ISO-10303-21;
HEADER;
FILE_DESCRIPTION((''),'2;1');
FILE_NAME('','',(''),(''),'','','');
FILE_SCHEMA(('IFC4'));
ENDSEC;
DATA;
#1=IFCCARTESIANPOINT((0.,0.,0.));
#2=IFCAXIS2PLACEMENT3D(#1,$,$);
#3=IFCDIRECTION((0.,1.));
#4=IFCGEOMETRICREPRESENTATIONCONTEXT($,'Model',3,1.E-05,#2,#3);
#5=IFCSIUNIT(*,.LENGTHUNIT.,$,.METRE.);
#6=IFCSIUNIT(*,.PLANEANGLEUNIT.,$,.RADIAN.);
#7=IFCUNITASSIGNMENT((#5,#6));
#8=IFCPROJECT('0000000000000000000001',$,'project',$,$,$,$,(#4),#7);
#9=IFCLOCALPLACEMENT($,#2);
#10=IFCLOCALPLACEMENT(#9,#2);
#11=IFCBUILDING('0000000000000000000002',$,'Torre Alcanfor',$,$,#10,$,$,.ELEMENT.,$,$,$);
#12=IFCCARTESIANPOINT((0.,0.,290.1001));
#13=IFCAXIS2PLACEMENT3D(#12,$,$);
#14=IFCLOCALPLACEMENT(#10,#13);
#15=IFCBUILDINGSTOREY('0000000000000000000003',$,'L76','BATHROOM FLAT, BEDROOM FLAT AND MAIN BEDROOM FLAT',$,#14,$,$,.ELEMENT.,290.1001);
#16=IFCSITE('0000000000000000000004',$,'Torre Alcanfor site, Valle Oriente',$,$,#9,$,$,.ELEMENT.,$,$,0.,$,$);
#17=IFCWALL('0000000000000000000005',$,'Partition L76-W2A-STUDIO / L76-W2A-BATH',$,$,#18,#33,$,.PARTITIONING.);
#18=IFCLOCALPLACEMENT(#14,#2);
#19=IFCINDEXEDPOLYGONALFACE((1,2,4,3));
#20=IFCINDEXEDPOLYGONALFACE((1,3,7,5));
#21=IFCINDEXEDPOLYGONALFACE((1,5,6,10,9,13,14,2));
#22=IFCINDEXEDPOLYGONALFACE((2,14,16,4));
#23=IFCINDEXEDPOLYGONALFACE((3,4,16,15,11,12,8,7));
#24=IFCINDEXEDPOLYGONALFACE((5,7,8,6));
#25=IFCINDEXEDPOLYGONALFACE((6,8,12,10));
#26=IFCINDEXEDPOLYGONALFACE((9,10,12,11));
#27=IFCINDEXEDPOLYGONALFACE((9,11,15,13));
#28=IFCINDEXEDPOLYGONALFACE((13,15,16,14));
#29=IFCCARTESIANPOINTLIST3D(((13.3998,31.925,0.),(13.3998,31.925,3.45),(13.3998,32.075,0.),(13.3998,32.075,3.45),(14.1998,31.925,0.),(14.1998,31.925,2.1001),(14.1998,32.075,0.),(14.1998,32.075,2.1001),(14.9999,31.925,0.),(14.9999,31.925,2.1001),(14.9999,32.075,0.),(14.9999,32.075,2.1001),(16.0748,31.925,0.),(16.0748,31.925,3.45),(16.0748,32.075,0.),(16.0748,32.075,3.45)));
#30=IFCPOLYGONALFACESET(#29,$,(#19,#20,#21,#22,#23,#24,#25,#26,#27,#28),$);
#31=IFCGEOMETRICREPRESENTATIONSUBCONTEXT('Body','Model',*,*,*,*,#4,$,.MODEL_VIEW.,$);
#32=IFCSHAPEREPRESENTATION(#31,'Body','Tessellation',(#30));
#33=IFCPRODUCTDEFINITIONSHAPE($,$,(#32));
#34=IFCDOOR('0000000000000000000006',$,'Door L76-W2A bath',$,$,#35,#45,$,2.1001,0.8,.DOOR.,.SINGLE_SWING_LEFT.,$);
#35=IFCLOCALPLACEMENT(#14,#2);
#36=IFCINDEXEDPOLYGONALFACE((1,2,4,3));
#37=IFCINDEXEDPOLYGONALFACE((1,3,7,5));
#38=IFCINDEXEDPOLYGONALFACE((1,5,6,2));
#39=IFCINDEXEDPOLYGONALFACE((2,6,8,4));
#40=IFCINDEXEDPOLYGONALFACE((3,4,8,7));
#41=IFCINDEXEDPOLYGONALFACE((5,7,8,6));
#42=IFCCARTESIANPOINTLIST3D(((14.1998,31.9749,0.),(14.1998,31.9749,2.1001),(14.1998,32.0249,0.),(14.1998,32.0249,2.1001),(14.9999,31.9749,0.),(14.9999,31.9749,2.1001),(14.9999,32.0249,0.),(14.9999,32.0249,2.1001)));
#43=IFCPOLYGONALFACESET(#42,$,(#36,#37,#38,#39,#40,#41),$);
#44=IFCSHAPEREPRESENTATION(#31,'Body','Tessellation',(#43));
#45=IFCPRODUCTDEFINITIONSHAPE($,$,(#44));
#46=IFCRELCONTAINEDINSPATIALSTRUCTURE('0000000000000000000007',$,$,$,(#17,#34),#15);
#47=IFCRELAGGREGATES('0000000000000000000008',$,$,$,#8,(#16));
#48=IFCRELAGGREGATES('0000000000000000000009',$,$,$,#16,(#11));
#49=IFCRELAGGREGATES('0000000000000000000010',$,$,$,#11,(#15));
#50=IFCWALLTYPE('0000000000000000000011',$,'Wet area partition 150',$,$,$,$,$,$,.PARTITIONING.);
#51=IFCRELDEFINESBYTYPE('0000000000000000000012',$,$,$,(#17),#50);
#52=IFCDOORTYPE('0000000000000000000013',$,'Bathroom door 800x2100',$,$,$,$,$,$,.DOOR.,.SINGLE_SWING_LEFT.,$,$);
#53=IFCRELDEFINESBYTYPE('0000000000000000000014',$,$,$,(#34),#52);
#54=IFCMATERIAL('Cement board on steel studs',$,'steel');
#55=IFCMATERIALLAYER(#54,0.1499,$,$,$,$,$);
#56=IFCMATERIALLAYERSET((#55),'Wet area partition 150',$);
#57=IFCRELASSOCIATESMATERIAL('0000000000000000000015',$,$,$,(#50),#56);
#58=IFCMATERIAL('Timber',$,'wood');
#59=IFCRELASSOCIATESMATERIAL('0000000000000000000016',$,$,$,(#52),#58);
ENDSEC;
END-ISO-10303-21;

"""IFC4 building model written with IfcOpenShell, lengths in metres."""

from ifc_helpers import new_model, si_unit, direction, frame, frame_2d, origin, place, context, subcontext, project, spatial, rectangle, extrude, material, layer, layer_set, type_object, element, fill, save


model = new_model("IFC4")

# Units and contexts
model_context = context("Model", 3, precision=1e-05, world=origin(), true_north=direction((0.0, 1.0)))
body_context = subcontext(model_context, "Body", "Model", "MODEL_VIEW")
ifc_project = project(units=[si_unit("LENGTHUNIT", "METRE"), si_unit("PLANEANGLEUNIT", "RADIAN")], contexts=[model_context])

# Site, building, storey
site_placement = place(None, origin())
site = spatial("IfcSite", under=ifc_project, at=site_placement, Name="Torre Alcanfor site, Valle Oriente", CompositionType="ELEMENT", RefElevation=0.0)
building_placement = place(site_placement, origin())
building = spatial("IfcBuilding", under=site, at=building_placement, Name="Torre Alcanfor", CompositionType="ELEMENT")
storey_placement = place(building_placement, frame((0.0, 0.0, 290.1001)))
storey = spatial("IfcBuildingStorey", under=building, at=storey_placement, Name="L76", Description="BATHROOM FLAT, BEDROOM FLAT AND MAIN BEDROOM FLAT", CompositionType="ELEMENT", Elevation=290.1001)

# Shared definitions
ifc_material_1 = material(Name="Cement board on steel studs", Category="steel")
ifc_layer_1 = layer(ifc_material_1, 0.1499)
ifc_layer_set_1 = layer_set([ifc_layer_1], Name="Wet area partition 150")
wall_type_1 = type_object("IfcWallType", Name="Wet area partition 150", PredefinedType="PARTITIONING", material=ifc_layer_set_1)

# Wall, opening, door
wall_1_placement = place(storey_placement, frame((13.3999, 32.0, 0.0), z_axis=(0.0, 0.0, 1.0), x_axis=(1.0, 0.0, 0.0)))
wall_1 = element("IfcWall", 1, at=wall_1_placement, inside=storey, type_object=wall_type_1, Name="Partition L76-W2A-STUDIO / L76-W2A-BATH", PredefinedType="PARTITIONING", context=body_context, shape_type="SweptSolid", body=[
    extrude(rectangle(XDim=2.675, YDim=0.1499, at=frame_2d((1.3374, 0.0))), origin(), (0.0, 0.0, 1.0), 3.45),
])
opening_1_placement = place(wall_1_placement, frame((0.8, 0.0, 0.0)))
opening_1 = element("IfcOpeningElement", 2, at=opening_1_placement, cuts=wall_1, PredefinedType="OPENING", context=body_context, shape_type="SweptSolid", body=[
    extrude(rectangle(XDim=0.8, YDim=2.1001, at=frame_2d((0.3999, 1.05))), frame((0.0, 0.085, 0.0), z_axis=(0.0, -1.0, 0.0), x_axis=(1.0, 0.0, 0.0)), (0.0, 0.0, 1.0), 0.1699),
])
ifc_material_2 = material(Name="Timber", Category="wood")
door_type_1 = type_object("IfcDoorType", Name="Bathroom door 800x2100", OperationType="SINGLE_SWING_LEFT", PredefinedType="DOOR", material=ifc_material_2)
door_1_placement = place(opening_1_placement, origin())
door_1 = element("IfcDoor", 3, at=door_1_placement, inside=storey, type_object=door_type_1, Name="Door L76-W2A bath", OperationType="SINGLE_SWING_LEFT", OverallHeight=2.1001, OverallWidth=0.8, PredefinedType="DOOR", context=body_context, shape_type="SweptSolid", body=[
    extrude(rectangle(XDim=0.8, YDim=2.1001, at=frame_2d((0.3999, 1.05))), frame((0.0, 0.0249, 0.0), z_axis=(0.0, -1.0, 0.0), x_axis=(1.0, 0.0, 0.0)), (0.0, 0.0, 1.0), 0.05),
])
fill(opening_1, door_1)

save(model, "model.ifc")
